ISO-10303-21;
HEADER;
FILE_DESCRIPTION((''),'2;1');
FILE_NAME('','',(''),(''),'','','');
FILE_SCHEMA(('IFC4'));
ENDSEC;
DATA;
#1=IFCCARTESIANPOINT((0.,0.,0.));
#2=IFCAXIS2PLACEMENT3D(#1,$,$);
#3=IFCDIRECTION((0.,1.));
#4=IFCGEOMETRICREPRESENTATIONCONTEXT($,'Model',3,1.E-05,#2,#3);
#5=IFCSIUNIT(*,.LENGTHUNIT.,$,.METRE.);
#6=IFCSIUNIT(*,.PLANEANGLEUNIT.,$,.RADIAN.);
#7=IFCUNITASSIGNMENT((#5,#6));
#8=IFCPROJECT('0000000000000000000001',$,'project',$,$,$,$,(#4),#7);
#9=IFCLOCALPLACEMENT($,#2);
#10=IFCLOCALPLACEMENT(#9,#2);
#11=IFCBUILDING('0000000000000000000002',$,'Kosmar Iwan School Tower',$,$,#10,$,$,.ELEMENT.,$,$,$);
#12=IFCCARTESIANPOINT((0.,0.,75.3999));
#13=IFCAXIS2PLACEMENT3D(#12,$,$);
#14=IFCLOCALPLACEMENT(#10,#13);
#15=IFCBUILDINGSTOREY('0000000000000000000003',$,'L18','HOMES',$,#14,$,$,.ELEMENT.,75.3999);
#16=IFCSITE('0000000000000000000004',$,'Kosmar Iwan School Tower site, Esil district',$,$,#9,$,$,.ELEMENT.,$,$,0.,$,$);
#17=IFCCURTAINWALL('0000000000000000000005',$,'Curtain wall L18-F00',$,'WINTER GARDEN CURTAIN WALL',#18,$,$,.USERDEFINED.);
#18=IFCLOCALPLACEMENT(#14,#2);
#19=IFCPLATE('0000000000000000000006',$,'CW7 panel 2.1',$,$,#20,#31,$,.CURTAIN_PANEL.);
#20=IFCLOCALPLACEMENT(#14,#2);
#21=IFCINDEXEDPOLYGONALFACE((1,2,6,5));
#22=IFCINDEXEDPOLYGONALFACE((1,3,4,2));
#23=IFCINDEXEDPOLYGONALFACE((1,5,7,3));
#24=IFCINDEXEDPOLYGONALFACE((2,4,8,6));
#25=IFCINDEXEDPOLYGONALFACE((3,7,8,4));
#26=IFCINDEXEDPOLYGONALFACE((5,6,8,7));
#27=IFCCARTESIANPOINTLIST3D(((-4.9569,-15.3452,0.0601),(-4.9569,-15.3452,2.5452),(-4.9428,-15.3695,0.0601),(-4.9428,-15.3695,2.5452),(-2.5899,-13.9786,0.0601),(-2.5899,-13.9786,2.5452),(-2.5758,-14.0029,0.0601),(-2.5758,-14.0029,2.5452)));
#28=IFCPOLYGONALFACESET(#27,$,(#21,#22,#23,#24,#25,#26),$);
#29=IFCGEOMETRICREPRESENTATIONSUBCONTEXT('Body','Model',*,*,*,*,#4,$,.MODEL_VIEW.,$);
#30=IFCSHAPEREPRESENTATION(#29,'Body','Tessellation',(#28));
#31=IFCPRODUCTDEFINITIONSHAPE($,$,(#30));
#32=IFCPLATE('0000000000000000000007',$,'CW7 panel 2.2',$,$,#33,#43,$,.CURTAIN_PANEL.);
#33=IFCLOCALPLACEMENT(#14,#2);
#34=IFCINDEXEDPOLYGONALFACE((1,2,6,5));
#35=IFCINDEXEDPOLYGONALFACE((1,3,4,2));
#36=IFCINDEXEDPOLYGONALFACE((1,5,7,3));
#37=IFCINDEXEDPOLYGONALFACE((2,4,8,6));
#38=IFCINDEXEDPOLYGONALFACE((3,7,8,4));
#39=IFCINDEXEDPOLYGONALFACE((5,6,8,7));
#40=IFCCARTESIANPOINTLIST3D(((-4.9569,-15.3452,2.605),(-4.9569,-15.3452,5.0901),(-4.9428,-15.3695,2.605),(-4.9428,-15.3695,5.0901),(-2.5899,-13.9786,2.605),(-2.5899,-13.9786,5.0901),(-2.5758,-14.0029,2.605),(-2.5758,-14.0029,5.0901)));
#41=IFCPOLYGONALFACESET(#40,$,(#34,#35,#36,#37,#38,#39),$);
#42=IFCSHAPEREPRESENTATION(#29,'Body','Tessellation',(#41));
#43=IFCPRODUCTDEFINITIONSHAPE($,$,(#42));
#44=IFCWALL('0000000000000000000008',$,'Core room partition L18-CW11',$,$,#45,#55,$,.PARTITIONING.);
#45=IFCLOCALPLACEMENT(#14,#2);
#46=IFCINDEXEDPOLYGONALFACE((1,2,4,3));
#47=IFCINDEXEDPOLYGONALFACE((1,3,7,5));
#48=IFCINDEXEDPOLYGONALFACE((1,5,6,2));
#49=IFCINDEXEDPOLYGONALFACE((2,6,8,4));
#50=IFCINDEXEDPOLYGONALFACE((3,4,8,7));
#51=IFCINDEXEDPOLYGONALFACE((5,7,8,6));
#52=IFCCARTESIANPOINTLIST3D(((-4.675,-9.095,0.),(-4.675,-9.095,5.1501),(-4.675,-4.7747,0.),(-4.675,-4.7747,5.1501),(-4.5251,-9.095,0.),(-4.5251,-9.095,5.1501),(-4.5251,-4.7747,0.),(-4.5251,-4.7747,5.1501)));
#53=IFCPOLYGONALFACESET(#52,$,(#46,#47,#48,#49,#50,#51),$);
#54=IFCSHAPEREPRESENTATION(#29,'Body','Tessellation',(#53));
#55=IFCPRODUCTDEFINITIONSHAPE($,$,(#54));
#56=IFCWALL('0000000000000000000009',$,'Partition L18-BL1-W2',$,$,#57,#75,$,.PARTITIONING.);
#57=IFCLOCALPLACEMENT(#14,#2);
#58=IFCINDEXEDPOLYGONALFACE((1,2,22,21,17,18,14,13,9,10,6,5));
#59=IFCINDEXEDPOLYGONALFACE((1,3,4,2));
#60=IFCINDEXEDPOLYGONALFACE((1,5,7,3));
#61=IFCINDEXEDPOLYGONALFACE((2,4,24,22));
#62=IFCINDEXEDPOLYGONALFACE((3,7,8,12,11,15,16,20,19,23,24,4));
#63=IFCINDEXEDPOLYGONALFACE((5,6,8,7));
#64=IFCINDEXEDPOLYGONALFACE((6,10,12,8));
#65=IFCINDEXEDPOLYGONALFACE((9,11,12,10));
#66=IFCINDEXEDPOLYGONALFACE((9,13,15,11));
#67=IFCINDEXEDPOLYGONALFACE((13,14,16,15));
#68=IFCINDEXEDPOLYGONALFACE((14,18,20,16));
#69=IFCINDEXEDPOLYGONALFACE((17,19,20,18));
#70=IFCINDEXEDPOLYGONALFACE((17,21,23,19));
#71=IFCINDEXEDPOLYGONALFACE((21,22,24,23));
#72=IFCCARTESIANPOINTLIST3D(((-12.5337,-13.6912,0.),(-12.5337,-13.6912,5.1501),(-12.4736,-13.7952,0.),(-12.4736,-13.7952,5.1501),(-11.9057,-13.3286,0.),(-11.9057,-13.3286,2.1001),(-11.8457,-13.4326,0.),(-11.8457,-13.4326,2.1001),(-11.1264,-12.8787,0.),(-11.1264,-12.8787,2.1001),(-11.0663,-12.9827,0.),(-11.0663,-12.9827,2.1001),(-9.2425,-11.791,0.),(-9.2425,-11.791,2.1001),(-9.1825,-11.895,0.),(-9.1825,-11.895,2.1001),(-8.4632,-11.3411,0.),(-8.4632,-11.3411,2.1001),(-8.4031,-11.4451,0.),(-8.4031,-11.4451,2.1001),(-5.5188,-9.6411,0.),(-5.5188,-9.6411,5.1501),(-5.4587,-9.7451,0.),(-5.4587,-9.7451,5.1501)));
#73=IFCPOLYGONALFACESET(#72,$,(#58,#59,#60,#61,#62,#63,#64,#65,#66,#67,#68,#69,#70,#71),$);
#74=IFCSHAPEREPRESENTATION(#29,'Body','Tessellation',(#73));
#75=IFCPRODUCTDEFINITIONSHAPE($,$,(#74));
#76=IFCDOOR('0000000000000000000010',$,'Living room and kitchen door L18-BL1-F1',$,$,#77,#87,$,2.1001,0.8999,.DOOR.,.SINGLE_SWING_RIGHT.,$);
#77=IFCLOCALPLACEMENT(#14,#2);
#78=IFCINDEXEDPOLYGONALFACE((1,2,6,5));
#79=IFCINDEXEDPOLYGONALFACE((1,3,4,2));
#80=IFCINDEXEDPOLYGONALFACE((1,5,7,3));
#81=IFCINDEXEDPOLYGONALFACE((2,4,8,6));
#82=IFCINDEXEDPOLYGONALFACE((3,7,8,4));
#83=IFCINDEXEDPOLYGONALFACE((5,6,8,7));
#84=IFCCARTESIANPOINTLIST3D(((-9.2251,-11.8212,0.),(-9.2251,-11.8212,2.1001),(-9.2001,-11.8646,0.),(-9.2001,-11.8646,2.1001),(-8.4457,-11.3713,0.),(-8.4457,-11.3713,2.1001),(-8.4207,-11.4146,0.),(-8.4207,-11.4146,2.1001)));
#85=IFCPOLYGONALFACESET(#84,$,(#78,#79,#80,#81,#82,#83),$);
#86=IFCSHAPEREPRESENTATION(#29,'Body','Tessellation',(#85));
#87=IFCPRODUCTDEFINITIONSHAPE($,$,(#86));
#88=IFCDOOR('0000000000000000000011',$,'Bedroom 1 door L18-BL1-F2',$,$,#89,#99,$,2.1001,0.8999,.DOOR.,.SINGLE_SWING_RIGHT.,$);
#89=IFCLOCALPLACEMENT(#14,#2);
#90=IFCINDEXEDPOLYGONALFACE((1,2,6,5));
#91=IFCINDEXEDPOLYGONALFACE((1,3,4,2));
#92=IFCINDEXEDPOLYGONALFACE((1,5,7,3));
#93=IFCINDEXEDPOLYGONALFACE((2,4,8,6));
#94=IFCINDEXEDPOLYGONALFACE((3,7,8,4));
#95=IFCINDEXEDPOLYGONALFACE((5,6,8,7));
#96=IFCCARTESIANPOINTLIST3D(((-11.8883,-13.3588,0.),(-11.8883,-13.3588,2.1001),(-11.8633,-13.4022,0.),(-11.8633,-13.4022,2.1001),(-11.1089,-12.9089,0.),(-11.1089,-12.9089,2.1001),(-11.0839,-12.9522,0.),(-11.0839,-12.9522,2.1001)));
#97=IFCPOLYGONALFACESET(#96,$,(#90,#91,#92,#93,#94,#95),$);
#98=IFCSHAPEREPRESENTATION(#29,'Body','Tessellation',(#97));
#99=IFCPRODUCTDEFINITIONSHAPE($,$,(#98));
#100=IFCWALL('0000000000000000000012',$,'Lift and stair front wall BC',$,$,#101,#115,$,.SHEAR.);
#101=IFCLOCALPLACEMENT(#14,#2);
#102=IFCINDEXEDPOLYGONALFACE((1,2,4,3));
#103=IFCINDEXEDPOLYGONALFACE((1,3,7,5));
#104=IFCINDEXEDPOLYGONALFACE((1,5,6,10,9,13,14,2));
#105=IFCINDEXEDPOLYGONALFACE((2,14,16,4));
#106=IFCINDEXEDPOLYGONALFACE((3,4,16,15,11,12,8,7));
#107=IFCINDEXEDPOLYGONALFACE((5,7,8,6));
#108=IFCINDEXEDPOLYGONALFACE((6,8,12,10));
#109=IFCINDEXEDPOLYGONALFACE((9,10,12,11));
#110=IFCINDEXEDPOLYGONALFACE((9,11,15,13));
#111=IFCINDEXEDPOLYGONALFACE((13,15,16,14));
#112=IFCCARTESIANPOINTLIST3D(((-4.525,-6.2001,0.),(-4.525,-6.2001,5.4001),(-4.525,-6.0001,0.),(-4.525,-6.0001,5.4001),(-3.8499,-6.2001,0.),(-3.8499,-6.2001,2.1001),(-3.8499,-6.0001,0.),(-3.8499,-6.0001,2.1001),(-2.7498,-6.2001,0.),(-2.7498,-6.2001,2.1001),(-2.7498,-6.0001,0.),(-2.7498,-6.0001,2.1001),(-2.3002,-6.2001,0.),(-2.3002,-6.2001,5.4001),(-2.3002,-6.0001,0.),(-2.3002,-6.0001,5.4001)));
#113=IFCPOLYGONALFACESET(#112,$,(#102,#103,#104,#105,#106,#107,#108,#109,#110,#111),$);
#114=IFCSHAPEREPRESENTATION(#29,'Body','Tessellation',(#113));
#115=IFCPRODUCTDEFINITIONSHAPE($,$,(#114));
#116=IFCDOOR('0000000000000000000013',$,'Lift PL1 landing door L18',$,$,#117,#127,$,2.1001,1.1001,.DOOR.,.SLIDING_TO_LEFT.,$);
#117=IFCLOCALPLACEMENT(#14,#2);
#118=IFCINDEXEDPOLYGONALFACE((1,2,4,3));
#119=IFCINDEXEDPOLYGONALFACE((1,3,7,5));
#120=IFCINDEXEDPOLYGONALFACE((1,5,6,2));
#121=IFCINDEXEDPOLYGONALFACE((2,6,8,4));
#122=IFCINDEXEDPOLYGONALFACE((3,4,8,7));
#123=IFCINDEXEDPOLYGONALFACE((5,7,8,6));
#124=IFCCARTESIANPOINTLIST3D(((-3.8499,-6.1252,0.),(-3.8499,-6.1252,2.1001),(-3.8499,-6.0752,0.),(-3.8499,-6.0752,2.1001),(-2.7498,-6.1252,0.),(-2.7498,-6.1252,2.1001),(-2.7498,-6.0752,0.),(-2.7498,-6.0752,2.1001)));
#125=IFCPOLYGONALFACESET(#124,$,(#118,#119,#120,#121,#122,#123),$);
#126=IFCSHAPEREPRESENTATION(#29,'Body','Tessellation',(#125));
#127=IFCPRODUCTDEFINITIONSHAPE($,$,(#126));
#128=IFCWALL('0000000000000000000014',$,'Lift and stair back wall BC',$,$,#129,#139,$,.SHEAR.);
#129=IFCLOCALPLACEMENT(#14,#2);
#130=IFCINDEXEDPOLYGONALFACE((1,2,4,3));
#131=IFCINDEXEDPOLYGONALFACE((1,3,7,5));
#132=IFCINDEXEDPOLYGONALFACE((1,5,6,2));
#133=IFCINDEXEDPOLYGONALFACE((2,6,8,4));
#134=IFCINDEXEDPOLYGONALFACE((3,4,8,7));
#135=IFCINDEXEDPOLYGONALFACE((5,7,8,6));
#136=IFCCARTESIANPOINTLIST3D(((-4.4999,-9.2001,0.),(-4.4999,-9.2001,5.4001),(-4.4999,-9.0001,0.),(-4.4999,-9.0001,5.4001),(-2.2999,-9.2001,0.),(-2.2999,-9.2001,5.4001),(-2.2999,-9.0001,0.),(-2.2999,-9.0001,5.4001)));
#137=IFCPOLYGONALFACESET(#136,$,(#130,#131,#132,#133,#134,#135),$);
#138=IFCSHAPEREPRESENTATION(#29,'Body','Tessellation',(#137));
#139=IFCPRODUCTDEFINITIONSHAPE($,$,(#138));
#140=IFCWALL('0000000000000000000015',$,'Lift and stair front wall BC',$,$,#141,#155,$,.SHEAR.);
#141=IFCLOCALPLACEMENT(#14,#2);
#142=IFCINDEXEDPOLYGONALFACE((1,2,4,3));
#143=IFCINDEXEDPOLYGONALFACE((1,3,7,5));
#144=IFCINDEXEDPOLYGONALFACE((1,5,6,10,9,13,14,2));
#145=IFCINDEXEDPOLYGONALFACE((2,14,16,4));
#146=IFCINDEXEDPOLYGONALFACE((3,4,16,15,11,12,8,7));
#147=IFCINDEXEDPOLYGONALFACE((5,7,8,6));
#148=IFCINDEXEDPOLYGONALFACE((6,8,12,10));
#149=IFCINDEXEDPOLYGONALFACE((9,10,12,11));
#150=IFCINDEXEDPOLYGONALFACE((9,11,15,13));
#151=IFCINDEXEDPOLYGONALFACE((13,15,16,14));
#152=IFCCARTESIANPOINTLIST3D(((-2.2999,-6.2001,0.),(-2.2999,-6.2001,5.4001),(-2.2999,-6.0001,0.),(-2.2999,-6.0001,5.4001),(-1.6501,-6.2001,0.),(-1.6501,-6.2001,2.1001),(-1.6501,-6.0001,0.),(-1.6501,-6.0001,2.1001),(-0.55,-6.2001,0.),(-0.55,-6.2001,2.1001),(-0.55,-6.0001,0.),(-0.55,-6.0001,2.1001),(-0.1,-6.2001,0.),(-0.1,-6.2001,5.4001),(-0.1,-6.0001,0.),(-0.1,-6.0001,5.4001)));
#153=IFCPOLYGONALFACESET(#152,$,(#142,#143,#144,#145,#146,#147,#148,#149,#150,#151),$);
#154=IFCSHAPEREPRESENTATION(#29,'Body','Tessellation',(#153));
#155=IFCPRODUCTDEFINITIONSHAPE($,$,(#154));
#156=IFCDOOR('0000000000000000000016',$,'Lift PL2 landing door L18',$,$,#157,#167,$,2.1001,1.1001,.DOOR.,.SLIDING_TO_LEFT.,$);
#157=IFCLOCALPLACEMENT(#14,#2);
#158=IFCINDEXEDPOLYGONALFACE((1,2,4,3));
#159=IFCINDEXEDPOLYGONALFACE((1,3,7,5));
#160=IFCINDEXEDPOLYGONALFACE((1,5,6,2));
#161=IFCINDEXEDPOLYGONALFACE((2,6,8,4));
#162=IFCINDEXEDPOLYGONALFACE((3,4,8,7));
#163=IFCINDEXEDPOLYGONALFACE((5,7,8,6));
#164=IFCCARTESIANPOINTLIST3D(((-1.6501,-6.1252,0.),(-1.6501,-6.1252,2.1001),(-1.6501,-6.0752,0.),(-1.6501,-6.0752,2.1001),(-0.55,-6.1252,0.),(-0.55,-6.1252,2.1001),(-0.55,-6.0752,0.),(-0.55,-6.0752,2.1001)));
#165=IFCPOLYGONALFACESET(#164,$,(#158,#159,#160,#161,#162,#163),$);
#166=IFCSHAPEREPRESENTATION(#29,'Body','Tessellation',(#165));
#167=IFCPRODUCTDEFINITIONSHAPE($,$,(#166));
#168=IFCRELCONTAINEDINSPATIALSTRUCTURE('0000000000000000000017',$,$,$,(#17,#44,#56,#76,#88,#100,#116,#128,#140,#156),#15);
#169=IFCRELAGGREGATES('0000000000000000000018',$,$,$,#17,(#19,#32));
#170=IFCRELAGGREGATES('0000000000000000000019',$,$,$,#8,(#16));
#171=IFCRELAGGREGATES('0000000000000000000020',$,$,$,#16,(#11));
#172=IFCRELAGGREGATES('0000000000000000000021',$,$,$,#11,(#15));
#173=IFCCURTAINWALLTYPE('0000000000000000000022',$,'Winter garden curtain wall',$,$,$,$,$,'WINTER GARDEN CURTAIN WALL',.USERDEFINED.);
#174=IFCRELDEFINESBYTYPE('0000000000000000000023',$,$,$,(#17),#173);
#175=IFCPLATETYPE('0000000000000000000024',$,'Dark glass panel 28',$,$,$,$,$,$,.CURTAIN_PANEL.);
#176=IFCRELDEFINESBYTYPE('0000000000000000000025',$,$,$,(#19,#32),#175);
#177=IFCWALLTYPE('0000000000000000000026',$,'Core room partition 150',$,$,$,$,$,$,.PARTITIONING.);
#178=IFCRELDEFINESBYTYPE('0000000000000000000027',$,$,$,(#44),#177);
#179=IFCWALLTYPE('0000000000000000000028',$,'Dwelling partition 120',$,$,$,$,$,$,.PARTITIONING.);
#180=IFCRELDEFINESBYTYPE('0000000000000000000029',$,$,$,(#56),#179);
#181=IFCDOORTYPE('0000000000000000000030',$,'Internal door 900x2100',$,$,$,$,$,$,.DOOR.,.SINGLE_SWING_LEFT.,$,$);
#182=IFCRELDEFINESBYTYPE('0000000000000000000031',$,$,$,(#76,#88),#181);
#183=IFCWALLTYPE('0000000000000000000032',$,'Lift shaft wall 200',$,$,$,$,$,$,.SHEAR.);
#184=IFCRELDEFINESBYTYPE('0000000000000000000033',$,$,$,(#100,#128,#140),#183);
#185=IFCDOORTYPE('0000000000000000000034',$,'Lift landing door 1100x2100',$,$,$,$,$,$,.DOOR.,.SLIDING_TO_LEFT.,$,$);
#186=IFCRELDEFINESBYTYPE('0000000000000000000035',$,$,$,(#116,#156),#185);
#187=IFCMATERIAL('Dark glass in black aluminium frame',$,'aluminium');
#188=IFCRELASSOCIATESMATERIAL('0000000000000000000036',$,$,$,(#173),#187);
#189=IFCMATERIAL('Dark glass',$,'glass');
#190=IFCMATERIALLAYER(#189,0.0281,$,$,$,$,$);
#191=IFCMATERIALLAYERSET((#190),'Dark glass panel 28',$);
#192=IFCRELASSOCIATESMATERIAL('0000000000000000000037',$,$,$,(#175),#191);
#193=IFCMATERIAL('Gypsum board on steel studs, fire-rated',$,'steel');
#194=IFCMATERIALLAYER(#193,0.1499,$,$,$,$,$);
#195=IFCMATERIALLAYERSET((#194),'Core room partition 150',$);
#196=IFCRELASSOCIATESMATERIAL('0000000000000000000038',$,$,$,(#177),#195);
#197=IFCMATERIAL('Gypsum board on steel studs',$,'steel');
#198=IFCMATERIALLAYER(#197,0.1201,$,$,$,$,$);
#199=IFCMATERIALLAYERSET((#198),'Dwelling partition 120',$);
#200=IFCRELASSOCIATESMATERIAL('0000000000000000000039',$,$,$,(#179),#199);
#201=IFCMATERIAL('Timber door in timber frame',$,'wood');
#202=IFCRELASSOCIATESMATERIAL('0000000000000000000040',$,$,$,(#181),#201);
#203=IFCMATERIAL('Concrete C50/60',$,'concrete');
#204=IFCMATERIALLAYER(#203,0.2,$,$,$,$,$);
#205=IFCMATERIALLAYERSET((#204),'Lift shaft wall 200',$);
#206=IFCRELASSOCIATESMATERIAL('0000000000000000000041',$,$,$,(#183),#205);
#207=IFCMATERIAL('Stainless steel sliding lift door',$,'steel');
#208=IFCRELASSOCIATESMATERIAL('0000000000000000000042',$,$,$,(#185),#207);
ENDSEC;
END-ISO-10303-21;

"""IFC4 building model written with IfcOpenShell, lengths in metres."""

from ifc_helpers import new_model, si_unit, direction, frame, frame_2d, origin, origin_2d, place, context, subcontext, project, spatial, rectangle, extrude, material, layer, layer_set, type_object, element, fill, aggregate, save


model = new_model("IFC4")

# Units and contexts
model_context = context("Model", 3, precision=1e-05, world=origin(), true_north=direction((0.0, 1.0)))
body_context = subcontext(model_context, "Body", "Model", "MODEL_VIEW")
ifc_project = project(units=[si_unit("LENGTHUNIT", "METRE"), si_unit("PLANEANGLEUNIT", "RADIAN")], contexts=[model_context])

# Site, building, storey
site_placement = place(None, origin())
site = spatial("IfcSite", under=ifc_project, at=site_placement, Name="Kosmar Iwan School Tower site, Esil district", CompositionType="ELEMENT", RefElevation=0.0)
building_placement = place(site_placement, origin())
building = spatial("IfcBuilding", under=site, at=building_placement, Name="Kosmar Iwan School Tower", CompositionType="ELEMENT")
storey_placement = place(building_placement, frame((0.0, 0.0, 75.3999)))
storey = spatial("IfcBuildingStorey", under=building, at=storey_placement, Name="L18", Description="HOMES", CompositionType="ELEMENT", Elevation=75.3999)

# Curtain wall
ifc_material_1 = material(Name="Dark glass in black aluminium frame", Category="aluminium")
curtain_wall_type = type_object("IfcCurtainWallType", Name="Winter garden curtain wall", ElementType="WINTER GARDEN CURTAIN WALL", PredefinedType="USERDEFINED", material=ifc_material_1)
curtain_wall_placement = place(storey_placement, origin())
curtain_wall = element("IfcCurtainWall", 1, at=curtain_wall_placement, inside=storey, type_object=curtain_wall_type, Name="Curtain wall L18-F00", ObjectType="WINTER GARDEN CURTAIN WALL", PredefinedType="USERDEFINED")

# Plates
ifc_material_2 = material(Name="Dark glass", Category="glass")
ifc_layer_1 = layer(ifc_material_2, 0.0281)
ifc_layer_set_1 = layer_set([ifc_layer_1], Name="Dark glass panel 28")
plate_type = type_object("IfcPlateType", Name="Dark glass panel 28", PredefinedType="CURTAIN_PANEL", material=ifc_layer_set_1)
plate_1_placement = place(storey_placement, frame((-3.7664, -14.6741, 0.0601), z_axis=(0.0, 0.0, 1.0), x_axis=(-0.866025, -0.5, 0.0)))
plate_1 = element("IfcPlate", 2, at=plate_1_placement, type_object=plate_type, Name="CW7 panel 2.1", PredefinedType="CURTAIN_PANEL", context=body_context, shape_type="SweptSolid", body=[
    extrude(rectangle(XDim=2.7332, YDim=0.0281, at=origin_2d()), origin(), (0.0, 0.0, 1.0), 2.4851),
])
plate_2_placement = place(storey_placement, frame((-3.7664, -14.6741, 2.605), z_axis=(0.0, 0.0, 1.0), x_axis=(-0.866025, -0.5, 0.0)))
plate_2 = element("IfcPlate", 3, at=plate_2_placement, type_object=plate_type, Name="CW7 panel 2.2", PredefinedType="CURTAIN_PANEL", context=body_context, shape_type="SweptSolid", body=[
    extrude(rectangle(XDim=2.7332, YDim=0.0281, at=origin_2d()), origin(), (0.0, 0.0, 1.0), 2.4851),
])
aggregate(curtain_wall, [plate_1, plate_2])

# Wall
ifc_material_3 = material(Name="Gypsum board on steel studs, fire-rated", Category="steel")
ifc_layer_2 = layer(ifc_material_3, 0.1499)
ifc_layer_set_2 = layer_set([ifc_layer_2], Name="Core room partition 150")
wall_type_1 = type_object("IfcWallType", Name="Core room partition 150", PredefinedType="PARTITIONING", material=ifc_layer_set_2)
wall_1_placement = place(storey_placement, frame((-4.6001, -4.7747, 0.0), z_axis=(0.0, 0.0, 1.0), x_axis=(0.0, -1.0, 0.0)))
element("IfcWall", 4, at=wall_1_placement, inside=storey, type_object=wall_type_1, Name="Core room partition L18-CW11", PredefinedType="PARTITIONING", context=body_context, shape_type="SweptSolid", body=[
    extrude(rectangle(XDim=4.3203, YDim=0.1499, at=frame_2d((2.1602, 0.0))), origin(), (0.0, 0.0, 1.0), 5.1501),
])

# Wall, openings, doors
ifc_material_4 = material(Name="Gypsum board on steel studs", Category="steel")
ifc_layer_3 = layer(ifc_material_4, 0.1201)
ifc_layer_set_3 = layer_set([ifc_layer_3], Name="Dwelling partition 120")
wall_type_2 = type_object("IfcWallType", Name="Dwelling partition 120", PredefinedType="PARTITIONING", material=ifc_layer_set_3)
wall_2_placement = place(storey_placement, frame((-5.4888, -9.6931, 0.0), z_axis=(0.0, 0.0, 1.0), x_axis=(-0.866025, -0.5, 0.0)))
wall_2 = element("IfcWall", 5, at=wall_2_placement, inside=storey, type_object=wall_type_2, Name="Partition L18-BL1-W2", PredefinedType="PARTITIONING", context=body_context, shape_type="SweptSolid", body=[
    extrude(rectangle(XDim=8.1001, YDim=0.1201, at=frame_2d((4.05, 0.0))), origin(), (0.0, 0.0, 1.0), 5.1501),
])
opening_1_placement = place(wall_2_placement, frame((3.3999, 0.0, 0.0)))
opening_1 = element("IfcOpeningElement", 6, at=opening_1_placement, cuts=wall_2, PredefinedType="OPENING", context=body_context, shape_type="SweptSolid", body=[
    extrude(rectangle(XDim=0.8999, YDim=2.1001, at=frame_2d((0.45, 1.05))), frame((0.0, 0.072, 0.0), z_axis=(0.0, -1.0, 0.0), x_axis=(1.0, 0.0, 0.0)), (0.0, 0.0, 1.0), 0.144),
])
opening_2_placement = place(wall_2_placement, frame((6.4751, 0.0, 0.0)))
opening_2 = element("IfcOpeningElement", 7, at=opening_2_placement, cuts=wall_2, PredefinedType="OPENING", context=body_context, shape_type="SweptSolid", body=[
    extrude(rectangle(XDim=0.8999, YDim=2.1001, at=frame_2d((0.45, 1.05))), frame((0.0, 0.072, 0.0), z_axis=(0.0, -1.0, 0.0), x_axis=(1.0, 0.0, 0.0)), (0.0, 0.0, 1.0), 0.144),
])
ifc_material_5 = material(Name="Timber door in timber frame", Category="wood")
door_type_1 = type_object("IfcDoorType", Name="Internal door 900x2100", OperationType="SINGLE_SWING_LEFT", PredefinedType="DOOR", material=ifc_material_5)
door_1_placement = place(opening_1_placement, origin())
door_1 = element("IfcDoor", 8, at=door_1_placement, inside=storey, type_object=door_type_1, Name="Living room and kitchen door L18-BL1-F1", OperationType="SINGLE_SWING_RIGHT", OverallHeight=2.1001, OverallWidth=0.8999, PredefinedType="DOOR", context=body_context, shape_type="SweptSolid", body=[
    extrude(rectangle(XDim=0.8999, YDim=2.1001, at=frame_2d((0.45, 1.05))), frame((0.0, 0.0249, 0.0), z_axis=(0.0, -1.0, 0.0), x_axis=(1.0, 0.0, 0.0)), (0.0, 0.0, 1.0), 0.05),
])
fill(opening_1, door_1)
door_2_placement = place(opening_2_placement, origin())
door_2 = element("IfcDoor", 9, at=door_2_placement, inside=storey, type_object=door_type_1, Name="Bedroom 1 door L18-BL1-F2", OperationType="SINGLE_SWING_RIGHT", OverallHeight=2.1001, OverallWidth=0.8999, PredefinedType="DOOR", context=body_context, shape_type="SweptSolid", body=[
    extrude(rectangle(XDim=0.8999, YDim=2.1001, at=frame_2d((0.45, 1.05))), frame((0.0, 0.0249, 0.0), z_axis=(0.0, -1.0, 0.0), x_axis=(1.0, 0.0, 0.0)), (0.0, 0.0, 1.0), 0.05),
])
fill(opening_2, door_2)

# Wall, opening, door
ifc_material_6 = material(Name="Concrete C50/60", Category="concrete")
ifc_layer_4 = layer(ifc_material_6, 0.2)
ifc_layer_set_4 = layer_set([ifc_layer_4], Name="Lift shaft wall 200")
wall_type_3 = type_object("IfcWallType", Name="Lift shaft wall 200", PredefinedType="SHEAR", material=ifc_layer_set_4)
wall_3_placement = place(storey_placement, frame((-4.5249, -6.1001, 0.0), z_axis=(0.0, 0.0, 1.0), x_axis=(1.0, 0.0, 0.0)))
wall_3 = element("IfcWall", 10, at=wall_3_placement, inside=storey, type_object=wall_type_3, Name="Lift and stair front wall BC", PredefinedType="SHEAR", context=body_context, shape_type="SweptSolid", body=[
    extrude(rectangle(XDim=2.2249, YDim=0.2, at=frame_2d((1.1123, 0.0))), origin(), (0.0, 0.0, 1.0), 5.4001),
])
opening_3_placement = place(wall_3_placement, frame((0.675, 0.0, 0.0)))
opening_3 = element("IfcOpeningElement", 11, at=opening_3_placement, cuts=wall_3, PredefinedType="OPENING", context=body_context, shape_type="SweptSolid", body=[
    extrude(rectangle(XDim=1.1001, YDim=2.1001, at=frame_2d((0.55, 1.05))), frame((0.0, 0.1121, 0.0), z_axis=(0.0, -1.0, 0.0), x_axis=(1.0, 0.0, 0.0)), (0.0, 0.0, 1.0), 0.2239),
])
ifc_material_7 = material(Name="Stainless steel sliding lift door", Category="steel")
door_type_2 = type_object("IfcDoorType", Name="Lift landing door 1100x2100", OperationType="SLIDING_TO_LEFT", PredefinedType="DOOR", material=ifc_material_7)
door_3_placement = place(opening_3_placement, origin())
door_3 = element("IfcDoor", 12, at=door_3_placement, inside=storey, type_object=door_type_2, Name="Lift PL1 landing door L18", OperationType="SLIDING_TO_LEFT", OverallHeight=2.1001, OverallWidth=1.1001, PredefinedType="DOOR", context=body_context, shape_type="SweptSolid", body=[
    extrude(rectangle(XDim=1.1001, YDim=2.1001, at=frame_2d((0.55, 1.05))), frame((0.0, 0.0249, 0.0), z_axis=(0.0, -1.0, 0.0), x_axis=(1.0, 0.0, 0.0)), (0.0, 0.0, 1.0), 0.05),
])
fill(opening_3, door_3)

# Wall
wall_4_placement = place(storey_placement, frame((-4.5, -9.1001, 0.0), z_axis=(0.0, 0.0, 1.0), x_axis=(1.0, 0.0, 0.0)))
element("IfcWall", 13, at=wall_4_placement, inside=storey, type_object=wall_type_3, Name="Lift and stair back wall BC", PredefinedType="SHEAR", context=body_context, shape_type="SweptSolid", body=[
    extrude(rectangle(XDim=2.2, YDim=0.2, at=frame_2d((1.1001, 0.0))), origin(), (0.0, 0.0, 1.0), 5.4001),
])

# Wall, opening, door
wall_5_placement = place(storey_placement, frame((-2.3, -6.1001, 0.0), z_axis=(0.0, 0.0, 1.0), x_axis=(1.0, 0.0, 0.0)))
wall_5 = element("IfcWall", 14, at=wall_5_placement, inside=storey, type_object=wall_type_3, Name="Lift and stair front wall BC", PredefinedType="SHEAR", context=body_context, shape_type="SweptSolid", body=[
    extrude(rectangle(XDim=2.2, YDim=0.2, at=frame_2d((1.1001, 0.0))), origin(), (0.0, 0.0, 1.0), 5.4001),
])
opening_4_placement = place(wall_5_placement, frame((0.6499, 0.0, 0.0)))
opening_4 = element("IfcOpeningElement", 15, at=opening_4_placement, cuts=wall_5, PredefinedType="OPENING", context=body_context, shape_type="SweptSolid", body=[
    extrude(rectangle(XDim=1.1001, YDim=2.1001, at=frame_2d((0.55, 1.05))), frame((0.0, 0.1121, 0.0), z_axis=(0.0, -1.0, 0.0), x_axis=(1.0, 0.0, 0.0)), (0.0, 0.0, 1.0), 0.2239),
])
door_4_placement = place(opening_4_placement, origin())
door_4 = element("IfcDoor", 16, at=door_4_placement, inside=storey, type_object=door_type_2, Name="Lift PL2 landing door L18", OperationType="SLIDING_TO_LEFT", OverallHeight=2.1001, OverallWidth=1.1001, PredefinedType="DOOR", context=body_context, shape_type="SweptSolid", body=[
    extrude(rectangle(XDim=1.1001, YDim=2.1001, at=frame_2d((0.55, 1.05))), frame((0.0, 0.0249, 0.0), z_axis=(0.0, -1.0, 0.0), x_axis=(1.0, 0.0, 0.0)), (0.0, 0.0, 1.0), 0.05),
])
fill(opening_4, door_4)

save(model, "model.ifc")
